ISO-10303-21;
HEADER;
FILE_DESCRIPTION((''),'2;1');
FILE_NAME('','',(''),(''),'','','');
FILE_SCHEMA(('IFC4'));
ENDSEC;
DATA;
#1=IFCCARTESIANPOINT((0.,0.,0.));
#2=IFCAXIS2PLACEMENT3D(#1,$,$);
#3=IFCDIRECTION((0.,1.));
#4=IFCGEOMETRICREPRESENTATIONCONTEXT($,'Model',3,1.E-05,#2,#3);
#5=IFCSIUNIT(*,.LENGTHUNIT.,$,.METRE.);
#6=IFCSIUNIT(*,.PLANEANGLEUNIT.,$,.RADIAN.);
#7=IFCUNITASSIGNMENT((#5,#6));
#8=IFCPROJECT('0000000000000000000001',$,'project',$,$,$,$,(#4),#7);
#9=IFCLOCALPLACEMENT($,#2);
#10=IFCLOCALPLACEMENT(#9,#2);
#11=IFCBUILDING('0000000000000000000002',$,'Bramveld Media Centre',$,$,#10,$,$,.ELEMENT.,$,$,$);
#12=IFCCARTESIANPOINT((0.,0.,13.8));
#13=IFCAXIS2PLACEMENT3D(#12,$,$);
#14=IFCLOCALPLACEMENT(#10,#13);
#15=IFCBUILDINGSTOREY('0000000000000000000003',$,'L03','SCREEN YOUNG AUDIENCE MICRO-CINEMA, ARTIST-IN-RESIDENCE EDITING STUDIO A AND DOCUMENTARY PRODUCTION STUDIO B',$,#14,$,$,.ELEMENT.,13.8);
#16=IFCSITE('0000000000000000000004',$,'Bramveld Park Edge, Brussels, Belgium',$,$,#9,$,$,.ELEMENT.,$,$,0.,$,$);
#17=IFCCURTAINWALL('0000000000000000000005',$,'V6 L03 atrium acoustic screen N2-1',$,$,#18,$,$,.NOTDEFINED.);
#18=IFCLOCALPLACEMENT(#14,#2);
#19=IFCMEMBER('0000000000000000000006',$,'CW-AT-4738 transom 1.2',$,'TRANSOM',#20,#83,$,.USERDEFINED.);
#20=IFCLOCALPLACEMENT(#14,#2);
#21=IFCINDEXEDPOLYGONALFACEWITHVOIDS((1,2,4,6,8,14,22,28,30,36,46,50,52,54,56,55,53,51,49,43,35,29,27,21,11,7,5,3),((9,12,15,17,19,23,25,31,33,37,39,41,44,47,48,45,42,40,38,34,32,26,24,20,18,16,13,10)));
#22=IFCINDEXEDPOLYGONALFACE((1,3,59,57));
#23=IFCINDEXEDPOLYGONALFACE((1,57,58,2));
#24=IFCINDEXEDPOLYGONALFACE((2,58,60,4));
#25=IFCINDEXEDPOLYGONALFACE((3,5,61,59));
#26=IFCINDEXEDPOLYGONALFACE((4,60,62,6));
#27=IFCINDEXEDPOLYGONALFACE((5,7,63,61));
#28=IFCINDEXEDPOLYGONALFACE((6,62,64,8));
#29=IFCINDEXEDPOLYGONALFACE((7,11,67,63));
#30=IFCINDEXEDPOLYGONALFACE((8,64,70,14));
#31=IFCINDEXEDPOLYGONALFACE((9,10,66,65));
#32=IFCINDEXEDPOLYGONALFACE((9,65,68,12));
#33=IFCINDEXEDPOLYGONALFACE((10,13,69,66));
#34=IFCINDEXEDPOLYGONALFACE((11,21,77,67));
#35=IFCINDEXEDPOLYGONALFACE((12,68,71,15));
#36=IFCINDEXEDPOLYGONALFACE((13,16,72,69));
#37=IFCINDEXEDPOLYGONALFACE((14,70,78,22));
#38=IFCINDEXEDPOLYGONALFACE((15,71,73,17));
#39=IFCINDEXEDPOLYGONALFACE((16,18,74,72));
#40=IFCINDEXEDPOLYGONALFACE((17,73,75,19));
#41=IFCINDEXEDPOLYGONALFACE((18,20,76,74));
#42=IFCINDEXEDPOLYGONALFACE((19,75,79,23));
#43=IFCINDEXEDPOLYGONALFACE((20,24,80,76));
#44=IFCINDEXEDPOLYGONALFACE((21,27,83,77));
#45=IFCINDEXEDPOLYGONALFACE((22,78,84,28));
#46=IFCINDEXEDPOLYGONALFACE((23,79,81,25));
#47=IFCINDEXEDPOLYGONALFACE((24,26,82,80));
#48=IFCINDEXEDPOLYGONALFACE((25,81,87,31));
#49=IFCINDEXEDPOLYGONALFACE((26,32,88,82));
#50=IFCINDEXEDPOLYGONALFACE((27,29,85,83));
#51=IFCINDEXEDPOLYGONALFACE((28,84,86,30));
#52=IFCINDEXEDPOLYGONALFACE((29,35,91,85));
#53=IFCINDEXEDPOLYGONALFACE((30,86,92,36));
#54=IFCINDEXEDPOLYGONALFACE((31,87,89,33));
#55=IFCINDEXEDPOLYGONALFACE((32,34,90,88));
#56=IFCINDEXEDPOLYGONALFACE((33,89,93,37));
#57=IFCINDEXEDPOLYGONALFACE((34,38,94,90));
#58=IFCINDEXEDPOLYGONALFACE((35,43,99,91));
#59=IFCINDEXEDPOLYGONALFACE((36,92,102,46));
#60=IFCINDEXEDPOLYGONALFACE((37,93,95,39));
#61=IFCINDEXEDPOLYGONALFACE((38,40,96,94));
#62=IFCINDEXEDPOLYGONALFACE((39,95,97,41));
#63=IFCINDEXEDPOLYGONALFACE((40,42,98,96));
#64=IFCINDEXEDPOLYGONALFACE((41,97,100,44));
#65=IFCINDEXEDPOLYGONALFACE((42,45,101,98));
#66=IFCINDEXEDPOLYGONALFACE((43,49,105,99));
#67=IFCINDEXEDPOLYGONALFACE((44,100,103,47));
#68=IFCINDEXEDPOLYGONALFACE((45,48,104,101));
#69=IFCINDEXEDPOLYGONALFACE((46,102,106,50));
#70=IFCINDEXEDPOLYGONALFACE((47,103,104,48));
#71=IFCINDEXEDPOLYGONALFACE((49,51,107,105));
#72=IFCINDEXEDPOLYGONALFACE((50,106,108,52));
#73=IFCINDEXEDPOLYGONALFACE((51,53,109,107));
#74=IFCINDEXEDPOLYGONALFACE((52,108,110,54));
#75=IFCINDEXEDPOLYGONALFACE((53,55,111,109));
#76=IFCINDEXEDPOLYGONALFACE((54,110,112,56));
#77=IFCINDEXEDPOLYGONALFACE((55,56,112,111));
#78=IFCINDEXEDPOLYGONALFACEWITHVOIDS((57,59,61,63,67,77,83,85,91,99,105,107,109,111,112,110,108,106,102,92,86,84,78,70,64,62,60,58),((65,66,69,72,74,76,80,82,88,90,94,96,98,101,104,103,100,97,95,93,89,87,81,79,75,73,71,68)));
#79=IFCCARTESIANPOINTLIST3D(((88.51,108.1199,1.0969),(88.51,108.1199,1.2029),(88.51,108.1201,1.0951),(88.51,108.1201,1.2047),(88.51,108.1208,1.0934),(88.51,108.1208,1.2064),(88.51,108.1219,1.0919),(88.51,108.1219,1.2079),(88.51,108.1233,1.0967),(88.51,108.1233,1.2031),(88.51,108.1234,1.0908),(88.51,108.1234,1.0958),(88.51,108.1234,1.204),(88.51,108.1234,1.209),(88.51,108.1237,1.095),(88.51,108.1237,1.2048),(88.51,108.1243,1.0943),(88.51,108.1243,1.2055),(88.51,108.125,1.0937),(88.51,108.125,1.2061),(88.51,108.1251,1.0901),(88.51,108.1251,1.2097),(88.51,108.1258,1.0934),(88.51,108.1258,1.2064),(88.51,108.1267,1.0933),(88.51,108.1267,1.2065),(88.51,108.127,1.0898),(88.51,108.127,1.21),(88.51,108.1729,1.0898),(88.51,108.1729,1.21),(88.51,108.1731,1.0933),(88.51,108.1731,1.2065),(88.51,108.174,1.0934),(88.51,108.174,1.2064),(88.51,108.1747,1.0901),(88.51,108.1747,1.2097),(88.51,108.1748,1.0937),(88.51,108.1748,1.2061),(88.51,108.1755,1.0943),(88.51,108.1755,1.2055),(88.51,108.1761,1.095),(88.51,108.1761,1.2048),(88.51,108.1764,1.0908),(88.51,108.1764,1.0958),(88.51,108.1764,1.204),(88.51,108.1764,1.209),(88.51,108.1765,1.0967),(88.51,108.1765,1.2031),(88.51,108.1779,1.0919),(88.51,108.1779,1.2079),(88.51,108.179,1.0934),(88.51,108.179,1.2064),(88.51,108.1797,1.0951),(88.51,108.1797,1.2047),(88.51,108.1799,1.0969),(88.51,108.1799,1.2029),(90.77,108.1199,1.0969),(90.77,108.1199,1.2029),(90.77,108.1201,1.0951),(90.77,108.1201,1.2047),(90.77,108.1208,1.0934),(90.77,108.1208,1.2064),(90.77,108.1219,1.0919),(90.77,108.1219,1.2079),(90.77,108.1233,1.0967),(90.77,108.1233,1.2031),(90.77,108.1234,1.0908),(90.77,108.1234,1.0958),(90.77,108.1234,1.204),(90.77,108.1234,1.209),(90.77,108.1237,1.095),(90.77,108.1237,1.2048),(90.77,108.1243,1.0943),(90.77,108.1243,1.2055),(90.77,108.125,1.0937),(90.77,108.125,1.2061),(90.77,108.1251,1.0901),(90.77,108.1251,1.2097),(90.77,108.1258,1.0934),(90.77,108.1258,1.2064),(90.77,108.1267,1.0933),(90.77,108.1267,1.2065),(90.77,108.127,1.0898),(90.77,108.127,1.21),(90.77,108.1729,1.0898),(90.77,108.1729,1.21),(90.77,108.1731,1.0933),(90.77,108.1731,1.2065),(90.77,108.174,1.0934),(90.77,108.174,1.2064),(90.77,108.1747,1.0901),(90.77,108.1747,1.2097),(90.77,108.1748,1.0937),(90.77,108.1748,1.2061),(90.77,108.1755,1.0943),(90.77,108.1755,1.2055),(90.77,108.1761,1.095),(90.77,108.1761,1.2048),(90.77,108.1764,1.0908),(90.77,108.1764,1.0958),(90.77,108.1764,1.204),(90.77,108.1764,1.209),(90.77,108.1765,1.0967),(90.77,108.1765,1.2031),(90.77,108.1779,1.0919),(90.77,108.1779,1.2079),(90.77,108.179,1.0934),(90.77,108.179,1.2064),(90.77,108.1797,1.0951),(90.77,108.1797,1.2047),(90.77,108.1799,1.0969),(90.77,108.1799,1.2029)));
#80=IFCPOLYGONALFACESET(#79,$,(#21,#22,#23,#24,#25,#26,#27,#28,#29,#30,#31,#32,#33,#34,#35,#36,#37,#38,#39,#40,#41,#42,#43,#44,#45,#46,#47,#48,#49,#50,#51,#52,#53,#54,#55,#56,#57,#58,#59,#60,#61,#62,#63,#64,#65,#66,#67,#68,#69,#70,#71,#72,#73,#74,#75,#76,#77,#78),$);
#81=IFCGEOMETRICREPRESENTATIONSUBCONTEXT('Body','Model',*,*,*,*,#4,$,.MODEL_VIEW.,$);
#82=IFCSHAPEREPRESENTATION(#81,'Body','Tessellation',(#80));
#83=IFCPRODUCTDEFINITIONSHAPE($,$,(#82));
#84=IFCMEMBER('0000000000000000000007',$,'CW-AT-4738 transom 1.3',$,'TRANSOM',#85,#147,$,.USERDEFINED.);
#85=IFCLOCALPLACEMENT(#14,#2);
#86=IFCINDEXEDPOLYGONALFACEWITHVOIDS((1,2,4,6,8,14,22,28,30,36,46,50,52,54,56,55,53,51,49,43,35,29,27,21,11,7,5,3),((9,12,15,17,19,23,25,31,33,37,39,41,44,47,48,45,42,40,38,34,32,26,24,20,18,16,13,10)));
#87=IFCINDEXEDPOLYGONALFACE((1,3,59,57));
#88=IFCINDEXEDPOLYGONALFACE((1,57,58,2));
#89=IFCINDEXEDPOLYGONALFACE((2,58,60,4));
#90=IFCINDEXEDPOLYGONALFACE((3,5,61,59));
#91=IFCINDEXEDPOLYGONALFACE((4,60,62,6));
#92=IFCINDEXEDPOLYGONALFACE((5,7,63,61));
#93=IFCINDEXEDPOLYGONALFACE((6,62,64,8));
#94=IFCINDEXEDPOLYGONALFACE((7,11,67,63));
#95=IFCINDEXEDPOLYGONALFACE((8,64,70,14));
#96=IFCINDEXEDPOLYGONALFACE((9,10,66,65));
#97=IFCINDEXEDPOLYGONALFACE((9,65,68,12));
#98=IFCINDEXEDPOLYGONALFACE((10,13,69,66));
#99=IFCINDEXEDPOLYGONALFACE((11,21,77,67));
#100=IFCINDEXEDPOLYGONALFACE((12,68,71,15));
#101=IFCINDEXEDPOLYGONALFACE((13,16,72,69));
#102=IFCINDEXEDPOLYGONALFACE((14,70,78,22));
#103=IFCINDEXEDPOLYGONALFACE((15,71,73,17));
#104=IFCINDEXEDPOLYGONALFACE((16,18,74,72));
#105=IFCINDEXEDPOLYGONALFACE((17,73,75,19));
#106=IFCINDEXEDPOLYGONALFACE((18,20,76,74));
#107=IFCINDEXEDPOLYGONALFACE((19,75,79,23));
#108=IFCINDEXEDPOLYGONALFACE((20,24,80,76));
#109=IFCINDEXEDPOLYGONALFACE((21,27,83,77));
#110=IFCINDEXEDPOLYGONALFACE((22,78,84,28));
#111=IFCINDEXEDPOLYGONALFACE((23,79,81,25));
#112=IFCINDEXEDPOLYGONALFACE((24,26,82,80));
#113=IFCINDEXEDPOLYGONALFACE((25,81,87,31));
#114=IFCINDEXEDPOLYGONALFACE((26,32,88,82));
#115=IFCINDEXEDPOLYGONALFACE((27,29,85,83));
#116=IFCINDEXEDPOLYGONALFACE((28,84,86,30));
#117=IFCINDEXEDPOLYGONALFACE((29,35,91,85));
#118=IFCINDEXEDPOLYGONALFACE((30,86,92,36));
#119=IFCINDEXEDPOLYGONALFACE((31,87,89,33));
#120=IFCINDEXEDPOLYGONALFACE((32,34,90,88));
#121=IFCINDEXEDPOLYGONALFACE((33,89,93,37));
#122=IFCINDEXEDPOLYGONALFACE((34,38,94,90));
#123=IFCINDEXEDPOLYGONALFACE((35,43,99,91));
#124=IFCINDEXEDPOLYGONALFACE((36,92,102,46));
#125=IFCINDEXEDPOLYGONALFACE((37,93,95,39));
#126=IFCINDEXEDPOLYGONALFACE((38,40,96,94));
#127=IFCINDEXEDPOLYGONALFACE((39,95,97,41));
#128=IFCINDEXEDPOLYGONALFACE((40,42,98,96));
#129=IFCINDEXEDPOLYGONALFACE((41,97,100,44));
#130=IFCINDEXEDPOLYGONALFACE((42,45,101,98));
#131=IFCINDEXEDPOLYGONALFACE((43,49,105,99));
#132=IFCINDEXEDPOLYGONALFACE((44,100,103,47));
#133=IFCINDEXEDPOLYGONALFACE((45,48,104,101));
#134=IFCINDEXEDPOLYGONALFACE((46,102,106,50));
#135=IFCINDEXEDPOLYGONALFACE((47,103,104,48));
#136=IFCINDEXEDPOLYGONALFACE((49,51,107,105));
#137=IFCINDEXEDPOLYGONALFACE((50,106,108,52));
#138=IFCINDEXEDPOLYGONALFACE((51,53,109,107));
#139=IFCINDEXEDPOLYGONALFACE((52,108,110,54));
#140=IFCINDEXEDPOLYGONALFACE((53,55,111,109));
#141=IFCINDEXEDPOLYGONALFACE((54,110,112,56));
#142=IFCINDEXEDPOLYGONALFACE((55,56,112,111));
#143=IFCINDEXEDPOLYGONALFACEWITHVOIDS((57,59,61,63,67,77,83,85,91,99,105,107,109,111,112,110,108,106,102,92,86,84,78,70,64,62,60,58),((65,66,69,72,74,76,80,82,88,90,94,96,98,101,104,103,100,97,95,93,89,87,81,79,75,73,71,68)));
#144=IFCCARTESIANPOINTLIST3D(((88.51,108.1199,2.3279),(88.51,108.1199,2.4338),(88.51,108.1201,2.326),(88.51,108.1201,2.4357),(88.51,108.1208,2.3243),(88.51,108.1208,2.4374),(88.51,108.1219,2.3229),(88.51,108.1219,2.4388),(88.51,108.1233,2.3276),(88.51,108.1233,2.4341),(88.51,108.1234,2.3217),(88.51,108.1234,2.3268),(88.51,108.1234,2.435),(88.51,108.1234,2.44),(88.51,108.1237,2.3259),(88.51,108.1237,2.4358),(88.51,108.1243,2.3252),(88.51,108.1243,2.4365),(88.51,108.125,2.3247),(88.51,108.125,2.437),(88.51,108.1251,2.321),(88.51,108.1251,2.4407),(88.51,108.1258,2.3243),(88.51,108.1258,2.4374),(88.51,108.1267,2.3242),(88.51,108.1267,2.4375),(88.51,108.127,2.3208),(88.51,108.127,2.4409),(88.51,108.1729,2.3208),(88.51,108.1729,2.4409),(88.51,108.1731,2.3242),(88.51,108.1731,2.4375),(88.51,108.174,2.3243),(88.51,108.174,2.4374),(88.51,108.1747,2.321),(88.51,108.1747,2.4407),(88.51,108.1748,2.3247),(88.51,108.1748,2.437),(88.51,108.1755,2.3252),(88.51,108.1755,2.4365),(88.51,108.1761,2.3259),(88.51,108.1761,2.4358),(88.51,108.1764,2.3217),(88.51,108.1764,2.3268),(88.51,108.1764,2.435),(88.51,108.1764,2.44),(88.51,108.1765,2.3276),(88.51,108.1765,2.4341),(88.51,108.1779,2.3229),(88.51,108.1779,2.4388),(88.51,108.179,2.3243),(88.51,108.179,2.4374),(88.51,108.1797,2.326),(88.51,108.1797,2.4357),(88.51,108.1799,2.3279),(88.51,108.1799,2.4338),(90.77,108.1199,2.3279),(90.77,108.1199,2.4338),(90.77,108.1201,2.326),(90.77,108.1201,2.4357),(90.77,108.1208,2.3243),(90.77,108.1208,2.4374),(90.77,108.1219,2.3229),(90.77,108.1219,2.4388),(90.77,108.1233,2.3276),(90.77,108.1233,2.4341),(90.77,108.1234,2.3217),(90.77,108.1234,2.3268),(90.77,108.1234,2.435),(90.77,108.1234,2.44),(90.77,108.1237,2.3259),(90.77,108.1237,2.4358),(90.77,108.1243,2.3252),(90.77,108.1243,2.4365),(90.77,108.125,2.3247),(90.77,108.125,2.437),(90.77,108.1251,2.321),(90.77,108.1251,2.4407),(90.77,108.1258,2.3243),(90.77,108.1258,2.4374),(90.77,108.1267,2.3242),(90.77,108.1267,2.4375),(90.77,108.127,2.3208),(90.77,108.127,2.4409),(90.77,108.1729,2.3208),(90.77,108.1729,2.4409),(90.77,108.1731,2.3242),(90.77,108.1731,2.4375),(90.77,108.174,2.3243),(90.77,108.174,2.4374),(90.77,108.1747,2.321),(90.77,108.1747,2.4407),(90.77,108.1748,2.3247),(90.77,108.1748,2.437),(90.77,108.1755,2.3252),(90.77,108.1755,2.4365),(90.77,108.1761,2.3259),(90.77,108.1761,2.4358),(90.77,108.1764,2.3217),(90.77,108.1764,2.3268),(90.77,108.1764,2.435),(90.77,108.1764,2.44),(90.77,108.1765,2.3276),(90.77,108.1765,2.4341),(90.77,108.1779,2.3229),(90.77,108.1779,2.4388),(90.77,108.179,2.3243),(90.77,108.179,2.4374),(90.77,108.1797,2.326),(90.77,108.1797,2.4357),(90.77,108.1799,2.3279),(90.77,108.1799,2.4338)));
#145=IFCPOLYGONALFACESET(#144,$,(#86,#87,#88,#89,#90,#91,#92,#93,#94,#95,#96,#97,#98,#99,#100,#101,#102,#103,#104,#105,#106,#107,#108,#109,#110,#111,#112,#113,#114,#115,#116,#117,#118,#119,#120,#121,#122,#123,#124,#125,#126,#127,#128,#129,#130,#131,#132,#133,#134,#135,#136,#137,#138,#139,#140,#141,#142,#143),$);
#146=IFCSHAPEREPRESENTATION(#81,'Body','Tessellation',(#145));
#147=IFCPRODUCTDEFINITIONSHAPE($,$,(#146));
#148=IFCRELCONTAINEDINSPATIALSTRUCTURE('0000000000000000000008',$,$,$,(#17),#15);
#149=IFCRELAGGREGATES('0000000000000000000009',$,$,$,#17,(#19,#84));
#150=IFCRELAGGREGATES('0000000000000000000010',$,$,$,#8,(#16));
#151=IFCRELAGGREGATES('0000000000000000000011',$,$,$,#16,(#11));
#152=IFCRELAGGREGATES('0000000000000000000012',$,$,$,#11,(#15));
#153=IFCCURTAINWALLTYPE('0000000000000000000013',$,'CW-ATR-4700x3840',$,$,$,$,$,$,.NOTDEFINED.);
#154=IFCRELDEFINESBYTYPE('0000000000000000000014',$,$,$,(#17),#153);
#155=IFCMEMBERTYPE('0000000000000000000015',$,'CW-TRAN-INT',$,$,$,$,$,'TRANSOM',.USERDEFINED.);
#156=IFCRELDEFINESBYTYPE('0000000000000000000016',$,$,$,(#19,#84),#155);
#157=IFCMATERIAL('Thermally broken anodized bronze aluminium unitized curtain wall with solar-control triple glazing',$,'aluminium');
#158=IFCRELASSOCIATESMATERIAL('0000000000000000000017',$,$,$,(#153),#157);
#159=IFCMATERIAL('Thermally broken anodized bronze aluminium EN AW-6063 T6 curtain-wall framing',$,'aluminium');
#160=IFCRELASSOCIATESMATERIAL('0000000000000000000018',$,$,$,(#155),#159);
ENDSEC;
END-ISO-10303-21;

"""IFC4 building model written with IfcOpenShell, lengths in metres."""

from ifc_helpers import new_model, si_unit, direction, frame, origin, origin_2d, place, context, subcontext, project, spatial, hollow_rectangle, extrude, material, material_profile, profile_set, type_object, element, aggregate, save


model = new_model("IFC4")

# Units and contexts
model_context = context("Model", 3, precision=1e-05, world=origin(), true_north=direction((0.0, 1.0)))
body_context = subcontext(model_context, "Body", "Model", "MODEL_VIEW")
ifc_project = project(units=[si_unit("LENGTHUNIT", "METRE"), si_unit("PLANEANGLEUNIT", "RADIAN")], contexts=[model_context])

# Site, building, storey
site_placement = place(None, origin())
site = spatial("IfcSite", under=ifc_project, at=site_placement, Name="Bramveld Park Edge, Brussels, Belgium", CompositionType="ELEMENT", RefElevation=0.0)
building_placement = place(site_placement, origin())
building = spatial("IfcBuilding", under=site, at=building_placement, Name="Bramveld Media Centre", CompositionType="ELEMENT")
storey_placement = place(building_placement, frame((0.0, 0.0, 13.8)))
storey = spatial("IfcBuildingStorey", under=building, at=storey_placement, Name="L03", Description="SCREEN YOUNG AUDIENCE MICRO-CINEMA, ARTIST-IN-RESIDENCE EDITING STUDIO A AND DOCUMENTARY PRODUCTION STUDIO B", CompositionType="ELEMENT", Elevation=13.8)

# Curtain wall, members
ifc_material_1 = material(Name="Thermally broken anodized bronze aluminium unitized curtain wall with solar-control triple glazing", Category="aluminium")
curtain_wall_type = type_object("IfcCurtainWallType", Name="CW-ATR-4700x3840", PredefinedType="NOTDEFINED", material=ifc_material_1)
curtain_wall_placement = place(storey_placement, origin())
curtain_wall = element("IfcCurtainWall", 1, at=curtain_wall_placement, inside=storey, type_object=curtain_wall_type, Name="V6 L03 atrium acoustic screen N2-1", PredefinedType="NOTDEFINED")
ifc_material_2 = material(Name="Thermally broken anodized bronze aluminium EN AW-6063 T6 curtain-wall framing", Category="aluminium")
ifc_material_profile_1 = material_profile(ifc_material_2, hollow_rectangle(XDim=0.0601, YDim=0.1201, WallThickness=0.0034, InnerFilletRadius=0.0034, OuterFilletRadius=0.0071, at=origin_2d()), Name="AL-TRAN 60x120")
ifc_profile_set_1 = profile_set([ifc_material_profile_1], Name="Thermally broken anodized bronze aluminium EN AW-6063 T6 curtain-wall framing")
member_type_1 = type_object("IfcMemberType", Name="CW-TRAN-INT", ElementType="TRANSOM", PredefinedType="USERDEFINED", material=ifc_profile_set_1)
member_1_placement = place(storey_placement, frame((88.51, 108.1499, 1.1499), z_axis=(1.0, 0.0, 0.0), x_axis=(0.0, 1.0, 0.0)))
member_1 = element("IfcMember", 2, at=member_1_placement, type_object=member_type_1, Name="CW-AT-4738 transom 1.2", ObjectType="TRANSOM", PredefinedType="USERDEFINED", context=body_context, shape_type="SweptSolid", body=[
    extrude(hollow_rectangle(XDim=0.0601, YDim=0.1201, WallThickness=0.0034, InnerFilletRadius=0.0034, OuterFilletRadius=0.0071, at=origin_2d()), origin(), (0.0, 0.0, 1.0), 2.26),
])
member_2_placement = place(storey_placement, frame((88.51, 108.1499, 2.3809), z_axis=(1.0, 0.0, 0.0), x_axis=(0.0, 1.0, 0.0)))
member_2 = element("IfcMember", 3, at=member_2_placement, type_object=member_type_1, Name="CW-AT-4738 transom 1.3", ObjectType="TRANSOM", PredefinedType="USERDEFINED", context=body_context, shape_type="SweptSolid", body=[
    extrude(hollow_rectangle(XDim=0.0601, YDim=0.1201, WallThickness=0.0034, InnerFilletRadius=0.0034, OuterFilletRadius=0.0071, at=origin_2d()), origin(), (0.0, 0.0, 1.0), 2.26),
])

aggregate(curtain_wall, [member_1, member_2])

save(model, "model.ifc")
